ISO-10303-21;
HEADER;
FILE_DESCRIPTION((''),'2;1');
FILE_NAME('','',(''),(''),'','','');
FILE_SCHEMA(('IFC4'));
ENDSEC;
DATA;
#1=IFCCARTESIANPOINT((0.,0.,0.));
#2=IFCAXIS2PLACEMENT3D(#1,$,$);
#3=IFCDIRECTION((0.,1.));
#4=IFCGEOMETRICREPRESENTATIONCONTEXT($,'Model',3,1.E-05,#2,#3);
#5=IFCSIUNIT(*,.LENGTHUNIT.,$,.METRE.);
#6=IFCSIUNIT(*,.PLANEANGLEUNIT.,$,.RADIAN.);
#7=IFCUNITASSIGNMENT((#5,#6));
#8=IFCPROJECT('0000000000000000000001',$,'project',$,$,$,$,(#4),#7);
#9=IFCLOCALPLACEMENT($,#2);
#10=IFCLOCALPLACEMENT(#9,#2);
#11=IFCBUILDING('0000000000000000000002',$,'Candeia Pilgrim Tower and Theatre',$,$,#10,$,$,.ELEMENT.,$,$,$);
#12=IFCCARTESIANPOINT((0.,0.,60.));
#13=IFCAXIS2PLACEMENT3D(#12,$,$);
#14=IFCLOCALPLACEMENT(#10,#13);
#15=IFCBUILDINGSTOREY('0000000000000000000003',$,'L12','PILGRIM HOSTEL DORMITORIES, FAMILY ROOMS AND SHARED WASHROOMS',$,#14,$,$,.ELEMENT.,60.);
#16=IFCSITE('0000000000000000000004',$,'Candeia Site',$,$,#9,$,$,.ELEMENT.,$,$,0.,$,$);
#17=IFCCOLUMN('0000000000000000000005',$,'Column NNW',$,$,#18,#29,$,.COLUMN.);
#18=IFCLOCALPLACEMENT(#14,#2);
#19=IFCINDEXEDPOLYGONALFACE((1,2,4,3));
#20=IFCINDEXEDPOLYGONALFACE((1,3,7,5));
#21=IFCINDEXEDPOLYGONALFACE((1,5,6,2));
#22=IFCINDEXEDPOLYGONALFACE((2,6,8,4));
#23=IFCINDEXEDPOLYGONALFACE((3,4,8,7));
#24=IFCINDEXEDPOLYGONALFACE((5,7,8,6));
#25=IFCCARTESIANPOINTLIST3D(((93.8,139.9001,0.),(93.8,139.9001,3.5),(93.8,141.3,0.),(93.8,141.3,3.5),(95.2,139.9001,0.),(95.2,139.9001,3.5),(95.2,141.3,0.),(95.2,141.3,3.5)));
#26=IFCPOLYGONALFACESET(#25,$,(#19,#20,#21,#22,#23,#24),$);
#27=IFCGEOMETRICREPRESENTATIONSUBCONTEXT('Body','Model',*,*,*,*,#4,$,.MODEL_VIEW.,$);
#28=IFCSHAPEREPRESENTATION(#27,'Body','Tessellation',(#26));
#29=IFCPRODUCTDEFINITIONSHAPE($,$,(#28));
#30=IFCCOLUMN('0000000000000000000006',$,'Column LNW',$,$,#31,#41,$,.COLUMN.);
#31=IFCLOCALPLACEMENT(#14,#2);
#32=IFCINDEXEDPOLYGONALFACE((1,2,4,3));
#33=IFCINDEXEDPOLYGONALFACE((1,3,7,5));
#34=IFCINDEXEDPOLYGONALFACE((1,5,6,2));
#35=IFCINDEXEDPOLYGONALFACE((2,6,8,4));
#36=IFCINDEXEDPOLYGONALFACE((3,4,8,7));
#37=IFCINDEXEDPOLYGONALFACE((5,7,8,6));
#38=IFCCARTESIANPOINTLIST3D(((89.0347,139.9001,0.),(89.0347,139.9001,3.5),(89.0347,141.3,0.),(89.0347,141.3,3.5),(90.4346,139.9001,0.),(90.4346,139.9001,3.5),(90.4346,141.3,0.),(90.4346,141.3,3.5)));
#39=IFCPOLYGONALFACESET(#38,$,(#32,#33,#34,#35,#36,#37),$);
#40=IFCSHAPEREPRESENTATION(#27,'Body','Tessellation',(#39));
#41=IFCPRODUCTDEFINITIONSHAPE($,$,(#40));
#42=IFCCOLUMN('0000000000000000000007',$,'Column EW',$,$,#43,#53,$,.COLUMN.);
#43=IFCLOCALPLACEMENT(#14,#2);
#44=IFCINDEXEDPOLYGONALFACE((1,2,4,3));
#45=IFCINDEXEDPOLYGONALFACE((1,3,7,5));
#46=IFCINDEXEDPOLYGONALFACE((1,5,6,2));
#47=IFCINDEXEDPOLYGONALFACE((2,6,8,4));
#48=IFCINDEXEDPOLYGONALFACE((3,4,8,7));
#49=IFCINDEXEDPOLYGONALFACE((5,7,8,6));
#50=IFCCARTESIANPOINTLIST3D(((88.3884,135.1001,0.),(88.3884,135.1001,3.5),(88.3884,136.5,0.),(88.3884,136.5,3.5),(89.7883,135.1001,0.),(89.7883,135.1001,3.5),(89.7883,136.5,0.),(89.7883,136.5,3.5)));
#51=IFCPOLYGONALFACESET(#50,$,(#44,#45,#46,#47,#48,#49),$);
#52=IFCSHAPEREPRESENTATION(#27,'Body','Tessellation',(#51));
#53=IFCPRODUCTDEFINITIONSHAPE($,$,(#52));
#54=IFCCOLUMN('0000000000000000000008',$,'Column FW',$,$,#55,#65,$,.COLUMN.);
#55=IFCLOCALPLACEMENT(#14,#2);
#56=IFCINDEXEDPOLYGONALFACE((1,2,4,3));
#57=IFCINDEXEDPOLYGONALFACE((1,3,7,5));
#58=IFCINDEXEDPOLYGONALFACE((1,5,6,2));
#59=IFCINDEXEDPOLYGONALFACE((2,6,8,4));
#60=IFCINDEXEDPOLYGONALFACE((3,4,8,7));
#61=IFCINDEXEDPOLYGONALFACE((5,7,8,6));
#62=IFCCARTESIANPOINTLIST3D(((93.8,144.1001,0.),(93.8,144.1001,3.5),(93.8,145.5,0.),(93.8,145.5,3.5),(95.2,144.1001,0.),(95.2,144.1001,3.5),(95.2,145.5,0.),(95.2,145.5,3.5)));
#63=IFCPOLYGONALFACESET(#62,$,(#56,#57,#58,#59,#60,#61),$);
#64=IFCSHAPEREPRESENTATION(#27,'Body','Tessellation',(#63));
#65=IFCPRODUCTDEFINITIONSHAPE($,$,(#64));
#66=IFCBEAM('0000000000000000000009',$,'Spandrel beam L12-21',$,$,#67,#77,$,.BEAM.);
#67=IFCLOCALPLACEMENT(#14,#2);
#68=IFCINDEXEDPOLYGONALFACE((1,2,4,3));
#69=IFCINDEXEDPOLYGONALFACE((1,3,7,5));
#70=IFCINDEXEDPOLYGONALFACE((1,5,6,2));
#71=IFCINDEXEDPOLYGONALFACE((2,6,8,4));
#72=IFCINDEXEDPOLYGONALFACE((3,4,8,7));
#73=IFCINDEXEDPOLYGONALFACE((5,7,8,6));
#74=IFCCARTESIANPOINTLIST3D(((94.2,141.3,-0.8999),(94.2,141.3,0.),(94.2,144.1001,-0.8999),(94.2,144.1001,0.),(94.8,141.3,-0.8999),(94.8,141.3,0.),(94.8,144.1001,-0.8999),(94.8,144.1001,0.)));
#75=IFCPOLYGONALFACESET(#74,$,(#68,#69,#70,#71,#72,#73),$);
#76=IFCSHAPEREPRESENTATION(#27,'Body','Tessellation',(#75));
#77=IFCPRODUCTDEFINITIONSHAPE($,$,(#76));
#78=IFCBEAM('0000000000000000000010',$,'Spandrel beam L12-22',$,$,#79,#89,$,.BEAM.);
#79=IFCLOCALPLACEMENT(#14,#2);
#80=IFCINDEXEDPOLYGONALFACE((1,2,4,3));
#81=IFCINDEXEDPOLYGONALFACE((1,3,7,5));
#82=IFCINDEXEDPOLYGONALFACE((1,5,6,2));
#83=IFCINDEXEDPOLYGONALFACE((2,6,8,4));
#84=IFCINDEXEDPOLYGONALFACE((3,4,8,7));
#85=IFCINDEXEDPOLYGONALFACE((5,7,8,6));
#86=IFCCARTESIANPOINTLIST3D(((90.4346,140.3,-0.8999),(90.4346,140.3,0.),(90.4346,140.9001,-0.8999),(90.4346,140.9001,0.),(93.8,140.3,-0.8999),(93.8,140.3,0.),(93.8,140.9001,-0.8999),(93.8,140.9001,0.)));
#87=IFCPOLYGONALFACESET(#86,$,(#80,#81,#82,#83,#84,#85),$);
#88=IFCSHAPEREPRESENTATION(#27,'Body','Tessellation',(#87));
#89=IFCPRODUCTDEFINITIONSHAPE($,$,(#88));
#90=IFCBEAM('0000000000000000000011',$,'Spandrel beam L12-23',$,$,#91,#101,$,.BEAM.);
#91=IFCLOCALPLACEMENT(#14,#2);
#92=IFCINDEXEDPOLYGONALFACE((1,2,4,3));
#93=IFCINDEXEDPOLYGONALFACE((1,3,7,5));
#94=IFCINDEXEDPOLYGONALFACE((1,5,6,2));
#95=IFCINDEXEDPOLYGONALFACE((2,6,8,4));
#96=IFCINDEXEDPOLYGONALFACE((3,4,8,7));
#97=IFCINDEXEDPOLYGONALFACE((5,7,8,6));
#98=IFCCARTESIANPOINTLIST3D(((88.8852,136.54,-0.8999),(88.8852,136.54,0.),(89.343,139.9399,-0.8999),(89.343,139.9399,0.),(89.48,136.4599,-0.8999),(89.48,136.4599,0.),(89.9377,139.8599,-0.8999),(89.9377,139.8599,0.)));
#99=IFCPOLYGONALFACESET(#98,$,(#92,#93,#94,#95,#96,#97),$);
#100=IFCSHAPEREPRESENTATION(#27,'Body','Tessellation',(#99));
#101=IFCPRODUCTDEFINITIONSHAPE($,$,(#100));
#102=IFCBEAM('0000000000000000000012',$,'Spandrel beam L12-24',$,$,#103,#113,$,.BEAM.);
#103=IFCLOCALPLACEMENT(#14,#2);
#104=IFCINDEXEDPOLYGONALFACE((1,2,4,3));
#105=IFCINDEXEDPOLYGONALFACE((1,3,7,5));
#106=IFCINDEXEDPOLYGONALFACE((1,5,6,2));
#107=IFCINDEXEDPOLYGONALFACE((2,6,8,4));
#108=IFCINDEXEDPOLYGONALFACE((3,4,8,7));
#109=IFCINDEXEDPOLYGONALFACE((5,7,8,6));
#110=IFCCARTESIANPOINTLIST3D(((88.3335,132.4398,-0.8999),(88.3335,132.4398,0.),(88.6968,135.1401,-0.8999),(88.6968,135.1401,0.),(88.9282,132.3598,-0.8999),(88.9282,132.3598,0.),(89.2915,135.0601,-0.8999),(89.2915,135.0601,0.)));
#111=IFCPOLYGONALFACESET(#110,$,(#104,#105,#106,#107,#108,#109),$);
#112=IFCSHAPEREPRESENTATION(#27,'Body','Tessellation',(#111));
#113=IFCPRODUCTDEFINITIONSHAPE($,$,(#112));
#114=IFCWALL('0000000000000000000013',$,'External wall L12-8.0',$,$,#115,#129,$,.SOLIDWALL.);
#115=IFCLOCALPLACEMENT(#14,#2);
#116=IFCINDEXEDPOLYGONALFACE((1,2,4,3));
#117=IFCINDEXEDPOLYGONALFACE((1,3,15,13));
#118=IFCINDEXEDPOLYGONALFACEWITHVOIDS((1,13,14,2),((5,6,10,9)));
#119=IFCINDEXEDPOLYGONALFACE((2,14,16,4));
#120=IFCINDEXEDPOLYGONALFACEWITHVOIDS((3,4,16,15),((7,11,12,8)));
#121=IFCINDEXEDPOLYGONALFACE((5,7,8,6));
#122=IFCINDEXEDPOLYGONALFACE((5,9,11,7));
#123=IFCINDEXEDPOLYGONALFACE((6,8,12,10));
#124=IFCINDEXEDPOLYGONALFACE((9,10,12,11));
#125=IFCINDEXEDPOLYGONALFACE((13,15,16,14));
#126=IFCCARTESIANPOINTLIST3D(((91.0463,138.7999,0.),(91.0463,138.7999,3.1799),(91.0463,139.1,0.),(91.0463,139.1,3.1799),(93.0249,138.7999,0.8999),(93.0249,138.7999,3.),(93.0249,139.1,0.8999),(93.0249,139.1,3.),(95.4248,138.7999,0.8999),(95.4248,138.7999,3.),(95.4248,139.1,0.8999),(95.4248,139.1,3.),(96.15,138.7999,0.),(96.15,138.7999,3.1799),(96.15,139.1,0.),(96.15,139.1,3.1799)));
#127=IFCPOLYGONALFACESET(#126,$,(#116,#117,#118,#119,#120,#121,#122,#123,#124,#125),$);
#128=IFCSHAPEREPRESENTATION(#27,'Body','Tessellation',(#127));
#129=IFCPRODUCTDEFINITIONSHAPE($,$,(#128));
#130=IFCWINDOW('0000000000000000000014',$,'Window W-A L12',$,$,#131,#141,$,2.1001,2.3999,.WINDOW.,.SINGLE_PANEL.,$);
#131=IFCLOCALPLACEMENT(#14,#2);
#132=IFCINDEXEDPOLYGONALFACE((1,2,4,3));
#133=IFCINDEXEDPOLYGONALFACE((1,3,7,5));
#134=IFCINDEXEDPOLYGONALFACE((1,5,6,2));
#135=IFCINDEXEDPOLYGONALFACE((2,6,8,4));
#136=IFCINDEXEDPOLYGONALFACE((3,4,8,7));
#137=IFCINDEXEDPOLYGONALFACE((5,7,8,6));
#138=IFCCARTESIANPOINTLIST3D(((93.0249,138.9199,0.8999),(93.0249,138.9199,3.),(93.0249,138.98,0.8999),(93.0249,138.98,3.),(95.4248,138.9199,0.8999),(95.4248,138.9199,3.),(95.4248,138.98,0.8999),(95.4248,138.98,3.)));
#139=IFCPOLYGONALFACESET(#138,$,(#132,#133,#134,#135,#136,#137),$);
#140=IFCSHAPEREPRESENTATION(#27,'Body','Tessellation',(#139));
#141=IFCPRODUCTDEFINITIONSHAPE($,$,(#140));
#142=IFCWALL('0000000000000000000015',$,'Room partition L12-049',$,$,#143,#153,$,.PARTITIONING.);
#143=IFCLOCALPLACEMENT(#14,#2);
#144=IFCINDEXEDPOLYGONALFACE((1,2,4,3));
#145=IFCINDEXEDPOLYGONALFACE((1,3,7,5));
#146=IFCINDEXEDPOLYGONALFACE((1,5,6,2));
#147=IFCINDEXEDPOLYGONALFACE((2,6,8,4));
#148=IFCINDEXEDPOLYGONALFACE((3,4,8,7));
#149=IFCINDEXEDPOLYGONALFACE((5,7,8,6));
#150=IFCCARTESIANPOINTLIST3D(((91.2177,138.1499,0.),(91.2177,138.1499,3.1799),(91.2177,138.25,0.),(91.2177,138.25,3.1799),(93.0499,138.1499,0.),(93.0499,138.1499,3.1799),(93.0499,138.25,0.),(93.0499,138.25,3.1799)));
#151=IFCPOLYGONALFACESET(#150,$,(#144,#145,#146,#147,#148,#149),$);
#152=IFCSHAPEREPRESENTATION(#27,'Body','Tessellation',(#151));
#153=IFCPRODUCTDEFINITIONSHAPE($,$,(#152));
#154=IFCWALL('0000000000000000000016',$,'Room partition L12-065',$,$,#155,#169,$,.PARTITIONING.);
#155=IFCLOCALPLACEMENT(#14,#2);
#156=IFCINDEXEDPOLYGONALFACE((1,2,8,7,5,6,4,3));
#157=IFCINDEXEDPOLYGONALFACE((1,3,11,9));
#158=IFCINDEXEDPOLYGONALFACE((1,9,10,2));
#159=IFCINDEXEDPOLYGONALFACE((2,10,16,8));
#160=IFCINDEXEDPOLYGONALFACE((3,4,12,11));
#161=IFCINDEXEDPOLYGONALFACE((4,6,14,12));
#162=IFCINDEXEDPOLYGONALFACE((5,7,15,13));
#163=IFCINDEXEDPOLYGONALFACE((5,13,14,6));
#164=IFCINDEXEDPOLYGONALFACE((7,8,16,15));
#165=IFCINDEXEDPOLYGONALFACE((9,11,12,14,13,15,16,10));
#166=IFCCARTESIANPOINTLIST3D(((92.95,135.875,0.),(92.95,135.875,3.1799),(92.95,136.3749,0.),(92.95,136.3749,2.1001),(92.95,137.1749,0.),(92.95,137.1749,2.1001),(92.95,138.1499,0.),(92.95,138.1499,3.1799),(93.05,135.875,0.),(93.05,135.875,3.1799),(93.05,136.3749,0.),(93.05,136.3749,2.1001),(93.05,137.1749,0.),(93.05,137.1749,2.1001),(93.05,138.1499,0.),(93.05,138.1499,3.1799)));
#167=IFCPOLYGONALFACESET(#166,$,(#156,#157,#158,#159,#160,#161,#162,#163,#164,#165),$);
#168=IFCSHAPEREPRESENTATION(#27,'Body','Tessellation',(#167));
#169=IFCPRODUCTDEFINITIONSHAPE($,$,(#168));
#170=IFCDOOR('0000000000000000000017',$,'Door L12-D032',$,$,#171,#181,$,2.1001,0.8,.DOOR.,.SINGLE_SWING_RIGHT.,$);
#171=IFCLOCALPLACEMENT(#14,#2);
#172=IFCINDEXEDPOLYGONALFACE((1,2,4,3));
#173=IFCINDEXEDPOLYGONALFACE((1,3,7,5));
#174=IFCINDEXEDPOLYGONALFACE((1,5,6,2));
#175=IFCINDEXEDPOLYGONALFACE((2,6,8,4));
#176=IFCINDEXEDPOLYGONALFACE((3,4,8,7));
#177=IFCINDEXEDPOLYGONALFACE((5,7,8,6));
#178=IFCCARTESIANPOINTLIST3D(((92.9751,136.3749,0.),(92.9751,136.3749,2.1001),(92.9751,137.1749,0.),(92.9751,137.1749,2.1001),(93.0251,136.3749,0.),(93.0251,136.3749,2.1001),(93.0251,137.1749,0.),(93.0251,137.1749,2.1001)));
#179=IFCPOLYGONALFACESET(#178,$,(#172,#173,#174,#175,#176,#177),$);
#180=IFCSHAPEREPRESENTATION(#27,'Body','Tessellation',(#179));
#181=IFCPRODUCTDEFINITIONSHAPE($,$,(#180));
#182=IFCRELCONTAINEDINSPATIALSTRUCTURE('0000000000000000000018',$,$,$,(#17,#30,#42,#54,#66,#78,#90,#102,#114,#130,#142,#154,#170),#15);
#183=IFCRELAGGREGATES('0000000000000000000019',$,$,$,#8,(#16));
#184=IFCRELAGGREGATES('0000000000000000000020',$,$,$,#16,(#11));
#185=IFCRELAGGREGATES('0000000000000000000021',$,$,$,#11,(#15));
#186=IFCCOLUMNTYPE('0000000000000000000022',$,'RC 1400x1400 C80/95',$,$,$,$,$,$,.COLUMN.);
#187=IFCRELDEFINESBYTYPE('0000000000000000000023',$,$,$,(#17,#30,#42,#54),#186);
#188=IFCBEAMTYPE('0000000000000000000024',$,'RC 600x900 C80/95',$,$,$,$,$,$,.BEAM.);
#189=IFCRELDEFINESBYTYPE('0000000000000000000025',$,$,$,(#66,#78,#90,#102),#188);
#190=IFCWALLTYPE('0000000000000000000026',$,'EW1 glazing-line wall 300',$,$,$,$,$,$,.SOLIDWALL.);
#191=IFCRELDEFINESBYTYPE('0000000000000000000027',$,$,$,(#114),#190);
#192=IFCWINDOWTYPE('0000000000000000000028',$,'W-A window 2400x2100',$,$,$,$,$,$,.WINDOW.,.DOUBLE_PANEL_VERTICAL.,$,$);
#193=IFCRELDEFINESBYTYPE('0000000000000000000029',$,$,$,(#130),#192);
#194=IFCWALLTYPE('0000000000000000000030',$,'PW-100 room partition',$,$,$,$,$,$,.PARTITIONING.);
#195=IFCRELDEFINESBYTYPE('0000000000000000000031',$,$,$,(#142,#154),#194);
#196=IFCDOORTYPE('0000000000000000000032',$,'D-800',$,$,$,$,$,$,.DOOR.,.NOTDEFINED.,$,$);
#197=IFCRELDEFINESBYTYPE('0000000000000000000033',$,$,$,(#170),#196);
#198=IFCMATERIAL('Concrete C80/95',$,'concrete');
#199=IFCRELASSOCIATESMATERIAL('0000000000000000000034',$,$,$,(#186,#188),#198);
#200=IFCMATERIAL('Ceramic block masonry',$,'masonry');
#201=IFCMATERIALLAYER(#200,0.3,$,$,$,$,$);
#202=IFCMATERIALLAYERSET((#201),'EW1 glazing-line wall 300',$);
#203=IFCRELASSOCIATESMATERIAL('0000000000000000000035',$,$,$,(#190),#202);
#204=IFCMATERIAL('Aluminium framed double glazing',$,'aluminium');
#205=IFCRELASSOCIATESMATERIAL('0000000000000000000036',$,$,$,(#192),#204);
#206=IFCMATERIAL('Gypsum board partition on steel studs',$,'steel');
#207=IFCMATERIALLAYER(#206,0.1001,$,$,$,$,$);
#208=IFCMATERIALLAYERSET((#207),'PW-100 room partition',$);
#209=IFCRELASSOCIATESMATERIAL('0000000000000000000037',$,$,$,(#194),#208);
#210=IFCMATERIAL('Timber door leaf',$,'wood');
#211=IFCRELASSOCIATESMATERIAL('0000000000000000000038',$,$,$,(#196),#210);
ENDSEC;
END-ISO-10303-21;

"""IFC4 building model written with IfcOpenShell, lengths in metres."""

from ifc_helpers import new_model, si_unit, direction, frame, frame_2d, origin, origin_2d, place, context, subcontext, project, spatial, rectangle, extrude, material, layer, layer_set, material_profile, profile_set, type_object, element, fill, save


model = new_model("IFC4")

# Units and contexts
model_context = context("Model", 3, precision=1e-05, world=origin(), true_north=direction((0.0, 1.0)))
body_context = subcontext(model_context, "Body", "Model", "MODEL_VIEW")
ifc_project = project(units=[si_unit("LENGTHUNIT", "METRE"), si_unit("PLANEANGLEUNIT", "RADIAN")], contexts=[model_context])

# Site, building, storey
site_placement = place(None, origin())
site = spatial("IfcSite", under=ifc_project, at=site_placement, Name="Candeia Site", CompositionType="ELEMENT", RefElevation=0.0)
building_placement = place(site_placement, origin())
building = spatial("IfcBuilding", under=site, at=building_placement, Name="Candeia Pilgrim Tower and Theatre", CompositionType="ELEMENT")
storey_placement = place(building_placement, frame((0.0, 0.0, 60.0)))
storey = spatial("IfcBuildingStorey", under=building, at=storey_placement, Name="L12", Description="PILGRIM HOSTEL DORMITORIES, FAMILY ROOMS AND SHARED WASHROOMS", CompositionType="ELEMENT", Elevation=60.0)

# Columns
ifc_material_1 = material(Name="Concrete C80/95", Category="concrete")
ifc_material_profile_1 = material_profile(ifc_material_1, rectangle(XDim=1.3999, YDim=1.3999, at=origin_2d()))
ifc_profile_set_1 = profile_set([ifc_material_profile_1], Name="Concrete C80/95")
column_type = type_object("IfcColumnType", Name="RC 1400x1400 C80/95", PredefinedType="COLUMN", material=ifc_profile_set_1)
for number, where, z_axis, x_axis, name in (
    (1, (94.5, 140.6001, 0.0), (0.0, 0.0, 1.0), (1.0, 0.0, 0.0), "Column NNW"),
    (2, (89.7346, 140.6001, 0.0), (0.0, 0.0, 1.0), (1.0, 0.0, 0.0), "Column LNW"),
    (3, (89.0884, 135.8, 0.0), (0.0, 0.0, 1.0), (1.0, 0.0, 0.0), "Column EW"),
    (4, (94.5, 144.8, 0.0), (0.0, 0.0, 1.0), (1.0, 0.0, 0.0), "Column FW"),
):
    element("IfcColumn", number, at=place(storey_placement, frame(where, z_axis=z_axis, x_axis=x_axis)), inside=storey, type_object=column_type, Name=name, PredefinedType="COLUMN", context=body_context, shape_type="SweptSolid", body=[
        extrude(rectangle(XDim=1.3999, YDim=1.3999, at=origin_2d()), origin(), (0.0, 0.0, 1.0), 3.5),
    ])

# Beams
ifc_material_profile_2 = material_profile(ifc_material_1, rectangle(XDim=0.6001, YDim=0.8999, at=origin_2d()))
ifc_profile_set_2 = profile_set([ifc_material_profile_2], Name="Concrete C80/95")
beam_type = type_object("IfcBeamType", Name="RC 600x900 C80/95", PredefinedType="BEAM", material=ifc_profile_set_2)
beam_1_placement = place(storey_placement, frame((94.5, 144.1001, -0.45), z_axis=(0.0, -1.0, 0.0), x_axis=(1.0, 0.0, 0.0)))
element("IfcBeam", 5, at=beam_1_placement, inside=storey, type_object=beam_type, Name="Spandrel beam L12-21", PredefinedType="BEAM", context=body_context, shape_type="SweptSolid", body=[
    extrude(rectangle(XDim=0.6001, YDim=0.8999, at=origin_2d()), origin(), (0.0, 0.0, 1.0), 2.8),
])
beam_2_placement = place(storey_placement, frame((93.8, 140.6001, -0.45), z_axis=(-1.0, 0.0, 0.0), x_axis=(0.0, -1.0, 0.0)))
element("IfcBeam", 6, at=beam_2_placement, inside=storey, type_object=beam_type, Name="Spandrel beam L12-22", PredefinedType="BEAM", context=body_context, shape_type="SweptSolid", body=[
    extrude(rectangle(XDim=0.6001, YDim=0.8999, at=origin_2d()), origin(), (0.0, 0.0, 1.0), 3.3655),
])
beam_3_placement = place(storey_placement, frame((89.6404, 139.8999, -0.45), z_axis=(-0.133436, -0.991057, 0.0), x_axis=(0.991057, -0.133436, 0.0)))
element("IfcBeam", 7, at=beam_3_placement, inside=storey, type_object=beam_type, Name="Spandrel beam L12-23", PredefinedType="BEAM", context=body_context, shape_type="SweptSolid", body=[
    extrude(rectangle(XDim=0.6001, YDim=0.8999, at=origin_2d()), origin(), (0.0, 0.0, 1.0), 3.4307),
])
beam_4_placement = place(storey_placement, frame((88.9941, 135.1001, -0.45), z_axis=(-0.133338, -0.991071, 0.0), x_axis=(0.991071, -0.133338, 0.0)))
element("IfcBeam", 8, at=beam_4_placement, inside=storey, type_object=beam_type, Name="Spandrel beam L12-24", PredefinedType="BEAM", context=body_context, shape_type="SweptSolid", body=[
    extrude(rectangle(XDim=0.6001, YDim=0.8999, at=origin_2d()), origin(), (0.0, 0.0, 1.0), 2.7246),
])

# Wall, opening, window
ifc_material_2 = material(Name="Ceramic block masonry", Category="masonry")
ifc_layer_1 = layer(ifc_material_2, 0.3)
ifc_layer_set_1 = layer_set([ifc_layer_1], Name="EW1 glazing-line wall 300")
wall_type_1 = type_object("IfcWallType", Name="EW1 glazing-line wall 300", PredefinedType="SOLIDWALL", material=ifc_layer_set_1)
wall_1_placement = place(storey_placement, frame((96.1499, 138.95, 0.0), z_axis=(0.0, 0.0, 1.0), x_axis=(-1.0, 0.0, 0.0)))
wall_1 = element("IfcWall", 9, at=wall_1_placement, inside=storey, type_object=wall_type_1, Name="External wall L12-8.0", PredefinedType="SOLIDWALL", context=body_context, shape_type="SweptSolid", body=[
    extrude(rectangle(XDim=5.1038, YDim=0.3, at=frame_2d((2.5518, 0.0))), origin(), (0.0, 0.0, 1.0), 3.1799),
])
opening_1_placement = place(wall_1_placement, frame((0.7251, 0.0, 0.8999)))
opening_1 = element("IfcOpeningElement", 10, at=opening_1_placement, cuts=wall_1, PredefinedType="OPENING", context=body_context, shape_type="SweptSolid", body=[
    extrude(rectangle(XDim=2.3999, YDim=2.1001, at=frame_2d((1.2, 1.05))), frame((0.0, 0.1602, 0.0), z_axis=(0.0, -1.0, 0.0), x_axis=(1.0, 0.0, 0.0)), (0.0, 0.0, 1.0), 0.3201),
])
ifc_material_3 = material(Name="Aluminium framed double glazing", Category="aluminium")
window_type_1 = type_object("IfcWindowType", Name="W-A window 2400x2100", PartitioningType="DOUBLE_PANEL_VERTICAL", PredefinedType="WINDOW", material=ifc_material_3)
window_1_placement = place(opening_1_placement, origin())
window_1 = element("IfcWindow", 11, at=window_1_placement, inside=storey, type_object=window_type_1, Name="Window W-A L12", OverallHeight=2.1001, OverallWidth=2.3999, PartitioningType="SINGLE_PANEL", PredefinedType="WINDOW", context=body_context, shape_type="SweptSolid", body=[
    extrude(rectangle(XDim=2.3999, YDim=2.1001, at=frame_2d((1.2, 1.05))), frame((0.0, 0.03, 0.0), z_axis=(0.0, -1.0, 0.0), x_axis=(1.0, 0.0, 0.0)), (0.0, 0.0, 1.0), 0.0601),
])
fill(opening_1, window_1)

# Wall
ifc_material_4 = material(Name="Gypsum board partition on steel studs", Category="steel")
ifc_layer_2 = layer(ifc_material_4, 0.1001)
ifc_layer_set_2 = layer_set([ifc_layer_2], Name="PW-100 room partition")
wall_type_2 = type_object("IfcWallType", Name="PW-100 room partition", PredefinedType="PARTITIONING", material=ifc_layer_set_2)
wall_2_placement = place(storey_placement, frame((91.2178, 138.2, 0.0), z_axis=(0.0, 0.0, 1.0), x_axis=(1.0, 0.0, 0.0)))
element("IfcWall", 12, at=wall_2_placement, inside=storey, type_object=wall_type_2, Name="Room partition L12-049", PredefinedType="PARTITIONING", context=body_context, shape_type="SweptSolid", body=[
    extrude(rectangle(XDim=1.8323, YDim=0.1001, at=frame_2d((0.916, 0.0))), origin(), (0.0, 0.0, 1.0), 3.1799),
])

# Wall, opening, door
wall_3_placement = place(storey_placement, frame((93.0, 135.875, 0.0), z_axis=(0.0, 0.0, 1.0), x_axis=(0.0, 1.0, 0.0)))
wall_3 = element("IfcWall", 13, at=wall_3_placement, inside=storey, type_object=wall_type_2, Name="Room partition L12-065", PredefinedType="PARTITIONING", context=body_context, shape_type="SweptSolid", body=[
    extrude(rectangle(XDim=2.2749, YDim=0.1001, at=frame_2d((1.1375, 0.0))), origin(), (0.0, 0.0, 1.0), 3.1799),
])
opening_2_placement = place(wall_3_placement, frame((0.5, 0.0, 0.0)))
opening_2 = element("IfcOpeningElement", 14, at=opening_2_placement, cuts=wall_3, PredefinedType="OPENING", context=body_context, shape_type="SweptSolid", body=[
    extrude(rectangle(XDim=0.8, YDim=2.1001, at=frame_2d((0.3999, 1.05))), frame((0.0, 0.0601, 0.0), z_axis=(0.0, -1.0, 0.0), x_axis=(1.0, 0.0, 0.0)), (0.0, 0.0, 1.0), 0.1201),
])
ifc_material_5 = material(Name="Timber door leaf", Category="wood")
door_type_1 = type_object("IfcDoorType", Name="D-800", OperationType="NOTDEFINED", PredefinedType="DOOR", material=ifc_material_5)
door_1_placement = place(opening_2_placement, origin())
door_1 = element("IfcDoor", 15, at=door_1_placement, inside=storey, type_object=door_type_1, Name="Door L12-D032", OperationType="SINGLE_SWING_RIGHT", OverallHeight=2.1001, OverallWidth=0.8, PredefinedType="DOOR", context=body_context, shape_type="SweptSolid", body=[
    extrude(rectangle(XDim=0.8, YDim=2.1001, at=frame_2d((0.3999, 1.05))), frame((0.0, 0.0249, 0.0), z_axis=(0.0, -1.0, 0.0), x_axis=(1.0, 0.0, 0.0)), (0.0, 0.0, 1.0), 0.05),
])
fill(opening_2, door_1)

save(model, "model.ifc")
